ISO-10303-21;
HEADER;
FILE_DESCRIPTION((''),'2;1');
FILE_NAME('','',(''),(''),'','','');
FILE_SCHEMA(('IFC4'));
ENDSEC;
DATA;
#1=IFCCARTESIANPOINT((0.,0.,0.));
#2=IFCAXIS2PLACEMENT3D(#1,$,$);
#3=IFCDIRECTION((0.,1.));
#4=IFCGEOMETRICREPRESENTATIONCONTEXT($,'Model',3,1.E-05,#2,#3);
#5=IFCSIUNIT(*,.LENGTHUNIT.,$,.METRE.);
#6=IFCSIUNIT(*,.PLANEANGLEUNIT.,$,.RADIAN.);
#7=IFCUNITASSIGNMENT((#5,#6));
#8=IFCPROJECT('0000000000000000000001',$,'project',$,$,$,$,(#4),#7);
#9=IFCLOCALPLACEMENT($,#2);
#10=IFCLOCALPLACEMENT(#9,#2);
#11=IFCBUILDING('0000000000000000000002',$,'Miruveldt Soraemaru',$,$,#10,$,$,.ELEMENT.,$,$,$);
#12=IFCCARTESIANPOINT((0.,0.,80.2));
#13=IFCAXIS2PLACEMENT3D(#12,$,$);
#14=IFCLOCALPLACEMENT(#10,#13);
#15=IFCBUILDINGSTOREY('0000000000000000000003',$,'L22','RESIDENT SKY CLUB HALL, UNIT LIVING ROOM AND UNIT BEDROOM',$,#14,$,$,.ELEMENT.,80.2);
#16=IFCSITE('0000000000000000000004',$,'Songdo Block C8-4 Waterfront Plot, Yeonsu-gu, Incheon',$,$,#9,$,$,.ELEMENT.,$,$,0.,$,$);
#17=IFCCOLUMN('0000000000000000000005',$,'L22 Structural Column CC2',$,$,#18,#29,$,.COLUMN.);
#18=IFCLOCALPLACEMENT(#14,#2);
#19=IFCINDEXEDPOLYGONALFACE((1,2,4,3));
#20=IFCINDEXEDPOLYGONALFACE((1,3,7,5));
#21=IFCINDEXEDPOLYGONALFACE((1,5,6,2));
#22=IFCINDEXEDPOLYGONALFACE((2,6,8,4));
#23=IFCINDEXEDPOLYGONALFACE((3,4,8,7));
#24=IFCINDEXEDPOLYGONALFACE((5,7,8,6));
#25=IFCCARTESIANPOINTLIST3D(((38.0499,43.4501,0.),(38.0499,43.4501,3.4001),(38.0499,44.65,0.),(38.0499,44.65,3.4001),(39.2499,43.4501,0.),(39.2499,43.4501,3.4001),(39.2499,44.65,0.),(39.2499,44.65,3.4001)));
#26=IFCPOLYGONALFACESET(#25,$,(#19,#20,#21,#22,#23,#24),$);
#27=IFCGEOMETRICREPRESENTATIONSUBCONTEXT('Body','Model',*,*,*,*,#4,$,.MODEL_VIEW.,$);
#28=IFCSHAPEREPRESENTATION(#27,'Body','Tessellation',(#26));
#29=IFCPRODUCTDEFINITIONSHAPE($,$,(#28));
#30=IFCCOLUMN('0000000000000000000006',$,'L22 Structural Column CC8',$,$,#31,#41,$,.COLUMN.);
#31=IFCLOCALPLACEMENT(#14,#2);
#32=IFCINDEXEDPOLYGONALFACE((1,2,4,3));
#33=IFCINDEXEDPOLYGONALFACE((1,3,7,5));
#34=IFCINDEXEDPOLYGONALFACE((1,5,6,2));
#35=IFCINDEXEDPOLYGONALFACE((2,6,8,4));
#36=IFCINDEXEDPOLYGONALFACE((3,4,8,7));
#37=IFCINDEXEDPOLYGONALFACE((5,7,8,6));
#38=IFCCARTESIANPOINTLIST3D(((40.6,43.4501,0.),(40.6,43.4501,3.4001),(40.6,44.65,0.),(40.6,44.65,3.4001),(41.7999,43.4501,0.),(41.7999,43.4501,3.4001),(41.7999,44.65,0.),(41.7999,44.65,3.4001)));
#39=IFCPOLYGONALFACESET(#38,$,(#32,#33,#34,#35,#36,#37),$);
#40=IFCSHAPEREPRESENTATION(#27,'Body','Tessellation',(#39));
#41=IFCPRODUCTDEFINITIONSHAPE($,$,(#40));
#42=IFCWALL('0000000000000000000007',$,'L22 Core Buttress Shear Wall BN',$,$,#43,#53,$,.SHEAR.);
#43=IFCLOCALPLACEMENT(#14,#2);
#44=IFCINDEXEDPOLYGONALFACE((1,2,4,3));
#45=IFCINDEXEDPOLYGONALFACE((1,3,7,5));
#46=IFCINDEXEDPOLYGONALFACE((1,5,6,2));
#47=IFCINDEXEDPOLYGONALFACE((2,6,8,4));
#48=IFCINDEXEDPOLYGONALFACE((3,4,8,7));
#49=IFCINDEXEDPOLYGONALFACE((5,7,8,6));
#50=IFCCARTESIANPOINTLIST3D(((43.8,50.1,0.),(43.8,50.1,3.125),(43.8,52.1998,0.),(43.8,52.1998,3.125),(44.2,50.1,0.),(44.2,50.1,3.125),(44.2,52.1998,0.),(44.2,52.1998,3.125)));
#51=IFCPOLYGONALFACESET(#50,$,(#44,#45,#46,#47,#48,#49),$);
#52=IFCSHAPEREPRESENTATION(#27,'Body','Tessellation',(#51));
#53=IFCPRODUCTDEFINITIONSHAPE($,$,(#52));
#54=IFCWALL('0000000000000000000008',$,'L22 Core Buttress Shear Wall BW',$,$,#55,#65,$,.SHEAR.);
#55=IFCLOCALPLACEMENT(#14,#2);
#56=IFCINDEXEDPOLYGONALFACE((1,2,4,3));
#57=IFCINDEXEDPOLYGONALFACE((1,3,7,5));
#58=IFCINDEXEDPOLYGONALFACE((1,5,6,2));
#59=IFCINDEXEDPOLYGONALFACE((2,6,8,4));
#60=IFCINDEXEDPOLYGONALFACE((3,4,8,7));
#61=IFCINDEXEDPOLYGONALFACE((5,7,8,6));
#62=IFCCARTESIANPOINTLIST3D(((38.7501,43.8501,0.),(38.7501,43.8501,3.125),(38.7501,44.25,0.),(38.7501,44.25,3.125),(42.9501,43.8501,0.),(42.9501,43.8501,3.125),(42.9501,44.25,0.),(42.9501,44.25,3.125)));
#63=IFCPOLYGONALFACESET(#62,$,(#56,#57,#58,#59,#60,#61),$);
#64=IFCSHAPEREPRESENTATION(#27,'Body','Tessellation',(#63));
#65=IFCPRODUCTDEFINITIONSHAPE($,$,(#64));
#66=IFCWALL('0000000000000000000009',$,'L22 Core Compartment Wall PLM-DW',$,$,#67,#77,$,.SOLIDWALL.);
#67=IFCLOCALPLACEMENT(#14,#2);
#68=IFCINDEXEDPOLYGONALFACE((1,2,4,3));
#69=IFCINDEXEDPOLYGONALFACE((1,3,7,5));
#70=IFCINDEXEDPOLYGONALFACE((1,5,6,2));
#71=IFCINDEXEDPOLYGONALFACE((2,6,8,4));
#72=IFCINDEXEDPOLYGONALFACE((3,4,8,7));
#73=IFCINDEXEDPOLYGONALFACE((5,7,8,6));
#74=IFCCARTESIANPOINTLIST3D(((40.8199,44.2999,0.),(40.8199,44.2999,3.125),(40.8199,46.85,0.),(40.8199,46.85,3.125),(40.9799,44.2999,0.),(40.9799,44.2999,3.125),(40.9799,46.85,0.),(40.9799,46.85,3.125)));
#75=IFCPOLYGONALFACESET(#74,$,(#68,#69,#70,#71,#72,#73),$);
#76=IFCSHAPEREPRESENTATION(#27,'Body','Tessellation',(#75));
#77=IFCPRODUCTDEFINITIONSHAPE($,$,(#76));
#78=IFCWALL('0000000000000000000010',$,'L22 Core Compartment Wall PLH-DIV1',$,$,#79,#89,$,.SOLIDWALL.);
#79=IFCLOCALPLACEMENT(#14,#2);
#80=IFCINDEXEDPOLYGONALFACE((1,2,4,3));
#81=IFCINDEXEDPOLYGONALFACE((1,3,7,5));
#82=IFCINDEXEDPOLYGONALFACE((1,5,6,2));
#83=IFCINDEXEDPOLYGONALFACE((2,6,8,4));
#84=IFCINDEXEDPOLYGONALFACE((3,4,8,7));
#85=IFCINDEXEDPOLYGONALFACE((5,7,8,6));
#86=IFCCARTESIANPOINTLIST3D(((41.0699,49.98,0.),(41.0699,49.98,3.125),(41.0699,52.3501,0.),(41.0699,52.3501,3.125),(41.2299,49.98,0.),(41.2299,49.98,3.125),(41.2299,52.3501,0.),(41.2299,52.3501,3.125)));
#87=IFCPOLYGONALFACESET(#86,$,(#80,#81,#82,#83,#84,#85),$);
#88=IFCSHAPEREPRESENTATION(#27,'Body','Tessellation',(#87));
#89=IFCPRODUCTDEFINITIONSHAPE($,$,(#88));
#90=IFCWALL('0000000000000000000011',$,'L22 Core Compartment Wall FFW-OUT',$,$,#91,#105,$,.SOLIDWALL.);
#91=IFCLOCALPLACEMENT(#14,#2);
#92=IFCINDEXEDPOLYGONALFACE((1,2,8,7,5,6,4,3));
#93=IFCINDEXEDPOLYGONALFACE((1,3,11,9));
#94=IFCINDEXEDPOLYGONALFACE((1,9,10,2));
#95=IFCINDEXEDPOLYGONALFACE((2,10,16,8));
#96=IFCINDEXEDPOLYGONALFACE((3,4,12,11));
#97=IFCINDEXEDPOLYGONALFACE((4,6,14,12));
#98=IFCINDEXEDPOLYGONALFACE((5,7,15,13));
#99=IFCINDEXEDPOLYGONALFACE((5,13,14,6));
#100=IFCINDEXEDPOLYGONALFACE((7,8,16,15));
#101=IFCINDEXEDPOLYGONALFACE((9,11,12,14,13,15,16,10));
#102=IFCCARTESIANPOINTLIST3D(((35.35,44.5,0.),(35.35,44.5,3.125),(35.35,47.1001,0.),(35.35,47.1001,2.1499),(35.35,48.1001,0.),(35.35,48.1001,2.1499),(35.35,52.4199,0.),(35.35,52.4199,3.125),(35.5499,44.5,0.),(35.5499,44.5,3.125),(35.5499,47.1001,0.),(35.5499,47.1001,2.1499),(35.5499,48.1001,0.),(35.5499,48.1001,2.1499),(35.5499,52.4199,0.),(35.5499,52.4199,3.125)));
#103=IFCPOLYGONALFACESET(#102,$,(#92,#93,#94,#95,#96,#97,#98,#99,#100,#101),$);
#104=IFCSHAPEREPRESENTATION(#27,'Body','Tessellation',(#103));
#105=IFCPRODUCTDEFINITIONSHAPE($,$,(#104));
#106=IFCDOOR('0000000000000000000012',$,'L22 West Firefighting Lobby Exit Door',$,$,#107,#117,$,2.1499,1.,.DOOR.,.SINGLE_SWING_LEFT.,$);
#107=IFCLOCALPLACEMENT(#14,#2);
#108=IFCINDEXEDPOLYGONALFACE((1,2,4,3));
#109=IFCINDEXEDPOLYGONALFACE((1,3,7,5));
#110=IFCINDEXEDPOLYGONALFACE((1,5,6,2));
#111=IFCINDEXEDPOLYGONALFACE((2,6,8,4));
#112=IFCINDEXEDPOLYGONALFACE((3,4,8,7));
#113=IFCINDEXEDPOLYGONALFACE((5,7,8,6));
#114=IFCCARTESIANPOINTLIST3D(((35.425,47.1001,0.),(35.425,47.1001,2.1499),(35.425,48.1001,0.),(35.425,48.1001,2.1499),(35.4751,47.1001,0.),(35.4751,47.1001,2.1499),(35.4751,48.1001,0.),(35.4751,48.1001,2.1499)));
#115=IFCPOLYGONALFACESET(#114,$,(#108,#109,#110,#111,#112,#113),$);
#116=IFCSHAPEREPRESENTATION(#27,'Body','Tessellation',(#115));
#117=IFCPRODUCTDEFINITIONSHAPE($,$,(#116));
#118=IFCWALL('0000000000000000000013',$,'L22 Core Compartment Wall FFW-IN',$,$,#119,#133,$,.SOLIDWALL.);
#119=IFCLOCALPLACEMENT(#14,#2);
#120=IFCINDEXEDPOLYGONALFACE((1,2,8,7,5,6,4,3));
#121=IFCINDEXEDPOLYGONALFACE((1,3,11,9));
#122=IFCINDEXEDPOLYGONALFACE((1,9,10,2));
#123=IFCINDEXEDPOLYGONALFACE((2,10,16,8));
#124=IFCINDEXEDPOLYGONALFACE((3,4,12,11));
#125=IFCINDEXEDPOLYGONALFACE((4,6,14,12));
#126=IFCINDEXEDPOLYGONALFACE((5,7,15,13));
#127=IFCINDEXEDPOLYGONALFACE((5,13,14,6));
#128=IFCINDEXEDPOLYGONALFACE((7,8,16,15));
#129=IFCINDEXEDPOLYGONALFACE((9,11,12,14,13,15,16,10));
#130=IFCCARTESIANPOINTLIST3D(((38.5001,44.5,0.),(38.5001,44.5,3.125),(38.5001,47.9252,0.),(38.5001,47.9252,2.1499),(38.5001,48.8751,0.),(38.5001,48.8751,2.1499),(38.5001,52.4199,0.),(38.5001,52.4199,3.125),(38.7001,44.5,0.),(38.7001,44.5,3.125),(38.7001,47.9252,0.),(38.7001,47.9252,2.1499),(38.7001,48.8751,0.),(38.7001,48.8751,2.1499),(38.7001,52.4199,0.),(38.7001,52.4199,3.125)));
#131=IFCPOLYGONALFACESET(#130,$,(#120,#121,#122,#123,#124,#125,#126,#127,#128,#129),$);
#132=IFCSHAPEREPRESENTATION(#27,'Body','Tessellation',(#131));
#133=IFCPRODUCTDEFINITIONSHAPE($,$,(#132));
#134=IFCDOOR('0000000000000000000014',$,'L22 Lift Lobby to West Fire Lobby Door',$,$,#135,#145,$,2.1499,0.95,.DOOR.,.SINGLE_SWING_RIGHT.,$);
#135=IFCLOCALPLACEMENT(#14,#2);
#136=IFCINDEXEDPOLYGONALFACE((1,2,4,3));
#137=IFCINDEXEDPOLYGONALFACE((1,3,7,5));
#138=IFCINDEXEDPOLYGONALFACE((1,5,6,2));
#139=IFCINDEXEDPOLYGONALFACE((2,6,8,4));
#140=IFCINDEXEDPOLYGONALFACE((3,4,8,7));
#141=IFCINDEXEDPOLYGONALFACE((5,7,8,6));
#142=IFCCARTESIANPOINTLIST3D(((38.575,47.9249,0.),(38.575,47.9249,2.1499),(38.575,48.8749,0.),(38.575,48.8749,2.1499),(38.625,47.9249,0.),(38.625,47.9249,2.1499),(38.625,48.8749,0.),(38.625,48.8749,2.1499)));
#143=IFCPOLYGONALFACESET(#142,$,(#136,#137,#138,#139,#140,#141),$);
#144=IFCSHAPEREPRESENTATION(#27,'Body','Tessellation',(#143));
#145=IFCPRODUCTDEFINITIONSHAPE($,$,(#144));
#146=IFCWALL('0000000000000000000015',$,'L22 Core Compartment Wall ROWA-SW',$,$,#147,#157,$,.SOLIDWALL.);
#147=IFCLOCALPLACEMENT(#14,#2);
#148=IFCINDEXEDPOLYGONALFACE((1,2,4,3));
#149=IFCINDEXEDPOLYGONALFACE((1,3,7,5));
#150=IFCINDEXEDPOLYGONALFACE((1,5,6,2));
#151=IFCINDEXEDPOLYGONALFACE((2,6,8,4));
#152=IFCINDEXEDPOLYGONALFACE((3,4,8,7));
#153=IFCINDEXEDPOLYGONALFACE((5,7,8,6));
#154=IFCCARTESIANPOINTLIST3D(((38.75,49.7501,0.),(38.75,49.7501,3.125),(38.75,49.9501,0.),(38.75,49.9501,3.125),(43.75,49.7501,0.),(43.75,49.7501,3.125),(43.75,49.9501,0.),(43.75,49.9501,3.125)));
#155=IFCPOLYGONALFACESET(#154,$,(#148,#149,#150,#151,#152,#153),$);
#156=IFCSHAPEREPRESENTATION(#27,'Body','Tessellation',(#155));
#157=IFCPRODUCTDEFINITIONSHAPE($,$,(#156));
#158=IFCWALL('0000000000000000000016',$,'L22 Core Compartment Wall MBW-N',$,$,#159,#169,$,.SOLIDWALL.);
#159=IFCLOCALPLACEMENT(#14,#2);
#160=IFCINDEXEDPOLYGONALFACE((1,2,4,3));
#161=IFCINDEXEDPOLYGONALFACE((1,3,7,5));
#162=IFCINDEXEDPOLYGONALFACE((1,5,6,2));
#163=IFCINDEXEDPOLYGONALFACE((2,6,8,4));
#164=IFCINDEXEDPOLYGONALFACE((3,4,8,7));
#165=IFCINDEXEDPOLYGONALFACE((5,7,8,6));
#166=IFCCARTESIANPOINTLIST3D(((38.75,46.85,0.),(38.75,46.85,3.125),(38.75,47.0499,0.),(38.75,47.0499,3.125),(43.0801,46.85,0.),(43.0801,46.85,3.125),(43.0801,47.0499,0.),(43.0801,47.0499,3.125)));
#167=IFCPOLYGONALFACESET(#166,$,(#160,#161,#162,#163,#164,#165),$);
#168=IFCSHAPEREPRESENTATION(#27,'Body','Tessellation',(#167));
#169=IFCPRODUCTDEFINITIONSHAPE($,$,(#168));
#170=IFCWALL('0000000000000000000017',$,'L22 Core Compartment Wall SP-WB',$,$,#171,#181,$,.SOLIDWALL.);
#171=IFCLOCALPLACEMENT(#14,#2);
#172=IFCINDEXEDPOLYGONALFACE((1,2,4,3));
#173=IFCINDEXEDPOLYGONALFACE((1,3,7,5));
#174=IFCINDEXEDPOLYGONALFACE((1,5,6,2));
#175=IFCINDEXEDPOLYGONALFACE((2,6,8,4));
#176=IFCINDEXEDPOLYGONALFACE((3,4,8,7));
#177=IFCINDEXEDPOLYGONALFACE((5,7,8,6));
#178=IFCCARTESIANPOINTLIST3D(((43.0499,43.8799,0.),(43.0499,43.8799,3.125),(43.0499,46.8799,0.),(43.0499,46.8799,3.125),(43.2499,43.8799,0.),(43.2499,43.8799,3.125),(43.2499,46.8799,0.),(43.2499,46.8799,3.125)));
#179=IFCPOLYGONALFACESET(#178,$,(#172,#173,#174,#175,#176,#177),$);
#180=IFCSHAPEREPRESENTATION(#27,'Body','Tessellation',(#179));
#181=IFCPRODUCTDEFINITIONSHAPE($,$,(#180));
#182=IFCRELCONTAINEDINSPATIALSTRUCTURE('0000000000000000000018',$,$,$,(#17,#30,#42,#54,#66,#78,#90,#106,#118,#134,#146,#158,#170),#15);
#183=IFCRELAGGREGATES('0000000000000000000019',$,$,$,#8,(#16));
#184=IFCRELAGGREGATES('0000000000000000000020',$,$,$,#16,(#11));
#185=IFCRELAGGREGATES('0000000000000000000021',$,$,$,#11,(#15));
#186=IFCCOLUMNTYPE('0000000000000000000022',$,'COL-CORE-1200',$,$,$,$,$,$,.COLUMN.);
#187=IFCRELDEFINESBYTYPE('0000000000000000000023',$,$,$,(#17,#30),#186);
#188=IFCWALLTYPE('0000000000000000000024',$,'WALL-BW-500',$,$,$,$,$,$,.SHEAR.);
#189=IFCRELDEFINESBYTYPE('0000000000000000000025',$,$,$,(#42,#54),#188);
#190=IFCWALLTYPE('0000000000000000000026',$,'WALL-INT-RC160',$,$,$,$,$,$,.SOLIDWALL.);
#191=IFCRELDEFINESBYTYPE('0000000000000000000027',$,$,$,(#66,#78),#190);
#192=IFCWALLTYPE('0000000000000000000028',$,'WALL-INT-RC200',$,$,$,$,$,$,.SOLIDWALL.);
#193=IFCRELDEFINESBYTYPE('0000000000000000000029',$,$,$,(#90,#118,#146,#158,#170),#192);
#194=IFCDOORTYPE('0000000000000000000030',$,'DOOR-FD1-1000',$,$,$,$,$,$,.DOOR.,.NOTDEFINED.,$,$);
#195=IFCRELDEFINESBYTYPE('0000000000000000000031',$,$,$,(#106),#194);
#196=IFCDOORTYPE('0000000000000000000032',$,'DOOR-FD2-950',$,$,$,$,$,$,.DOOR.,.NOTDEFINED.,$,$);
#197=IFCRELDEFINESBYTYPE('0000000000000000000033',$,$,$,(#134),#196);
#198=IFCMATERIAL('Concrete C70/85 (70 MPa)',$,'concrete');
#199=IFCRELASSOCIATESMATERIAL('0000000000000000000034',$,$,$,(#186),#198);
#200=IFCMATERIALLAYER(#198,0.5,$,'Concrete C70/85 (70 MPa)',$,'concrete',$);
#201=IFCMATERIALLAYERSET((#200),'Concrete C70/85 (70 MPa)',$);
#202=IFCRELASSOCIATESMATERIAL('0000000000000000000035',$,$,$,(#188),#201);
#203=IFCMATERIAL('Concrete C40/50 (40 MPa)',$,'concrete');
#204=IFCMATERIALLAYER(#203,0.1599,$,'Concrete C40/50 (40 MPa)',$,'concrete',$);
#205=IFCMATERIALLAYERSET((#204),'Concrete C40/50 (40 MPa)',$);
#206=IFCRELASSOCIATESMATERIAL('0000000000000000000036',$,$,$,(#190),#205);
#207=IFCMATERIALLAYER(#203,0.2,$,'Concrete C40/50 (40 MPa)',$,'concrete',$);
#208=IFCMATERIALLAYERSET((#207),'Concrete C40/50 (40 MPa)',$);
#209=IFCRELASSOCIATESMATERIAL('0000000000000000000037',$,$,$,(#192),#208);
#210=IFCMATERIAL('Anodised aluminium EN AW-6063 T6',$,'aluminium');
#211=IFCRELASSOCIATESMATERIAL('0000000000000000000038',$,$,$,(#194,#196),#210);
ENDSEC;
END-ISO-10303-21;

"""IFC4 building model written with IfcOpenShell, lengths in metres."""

from ifc_helpers import new_model, si_unit, direction, frame, frame_2d, origin, origin_2d, place, context, subcontext, project, spatial, rectangle, extrude, material, layer, layer_set, material_profile, profile_set, type_object, element, fill, save


model = new_model("IFC4")

# Units and contexts
model_context = context("Model", 3, precision=1e-05, world=origin(), true_north=direction((0.0, 1.0)))
body_context = subcontext(model_context, "Body", "Model", "MODEL_VIEW")
ifc_project = project(units=[si_unit("LENGTHUNIT", "METRE"), si_unit("PLANEANGLEUNIT", "RADIAN")], contexts=[model_context])

# Site, building, storey
site_placement = place(None, origin())
site = spatial("IfcSite", under=ifc_project, at=site_placement, Name="Songdo Block C8-4 Waterfront Plot, Yeonsu-gu, Incheon", CompositionType="ELEMENT", RefElevation=0.0)
building_placement = place(site_placement, origin())
building = spatial("IfcBuilding", under=site, at=building_placement, Name="Miruveldt Soraemaru", CompositionType="ELEMENT")
storey_placement = place(building_placement, frame((0.0, 0.0, 80.2)))
storey = spatial("IfcBuildingStorey", under=building, at=storey_placement, Name="L22", Description="RESIDENT SKY CLUB HALL, UNIT LIVING ROOM AND UNIT BEDROOM", CompositionType="ELEMENT", Elevation=80.2)

# Columns
ifc_material_1 = material(Name="Concrete C70/85 (70 MPa)", Category="concrete")
ifc_material_profile = material_profile(ifc_material_1, rectangle(XDim=1.2, YDim=1.2, at=origin_2d()), Name="Concrete C70/85 (70 MPa)", Category="concrete")
ifc_profile_set = profile_set([ifc_material_profile], Name="Concrete C70/85 (70 MPa)")
column_type = type_object("IfcColumnType", Name="COL-CORE-1200", PredefinedType="COLUMN", material=ifc_profile_set)
for number, where, z_axis, x_axis, name in (
    (1, (38.6499, 44.05, 0.0), (0.0, 0.0, 1.0), (1.0, 0.0, 0.0), "L22 Structural Column CC2"),
    (2, (41.2, 44.05, 0.0), (0.0, 0.0, 1.0), (1.0, 0.0, 0.0), "L22 Structural Column CC8"),
):
    element("IfcColumn", number, at=place(storey_placement, frame(where, z_axis=z_axis, x_axis=x_axis)), inside=storey, type_object=column_type, Name=name, PredefinedType="COLUMN", context=body_context, shape_type="SweptSolid", body=[
        extrude(rectangle(XDim=1.2, YDim=1.2, at=origin_2d()), origin(), (0.0, 0.0, 1.0), 3.4001),
    ])

# Walls
ifc_layer_1 = layer(ifc_material_1, 0.5, Name="Concrete C70/85 (70 MPa)", Category="concrete")
ifc_layer_set_1 = layer_set([ifc_layer_1], Name="Concrete C70/85 (70 MPa)")
wall_type_1 = type_object("IfcWallType", Name="WALL-BW-500", PredefinedType="SHEAR", material=ifc_layer_set_1)
wall_1_placement = place(storey_placement, frame((44.0, 50.1001, 0.0), z_axis=(0.0, 0.0, 1.0), x_axis=(0.0, 1.0, 0.0)))
element("IfcWall", 3, at=wall_1_placement, inside=storey, type_object=wall_type_1, Name="L22 Core Buttress Shear Wall BN", PredefinedType="SHEAR", context=body_context, shape_type="SweptSolid", body=[
    extrude(rectangle(XDim=2.0999, YDim=0.3999, at=frame_2d((1.0498, 0.0))), origin(), (0.0, 0.0, 1.0), 3.125),
])
wall_2_placement = place(storey_placement, frame((38.75, 44.05, 0.0), z_axis=(0.0, 0.0, 1.0), x_axis=(1.0, 0.0, 0.0)))
element("IfcWall", 4, at=wall_2_placement, inside=storey, type_object=wall_type_1, Name="L22 Core Buttress Shear Wall BW", PredefinedType="SHEAR", context=body_context, shape_type="SweptSolid", body=[
    extrude(rectangle(XDim=4.2, YDim=0.3999, at=frame_2d((2.1001, 0.0))), origin(), (0.0, 0.0, 1.0), 3.125),
])
ifc_material_2 = material(Name="Concrete C40/50 (40 MPa)", Category="concrete")
ifc_layer_2 = layer(ifc_material_2, 0.1599, Name="Concrete C40/50 (40 MPa)", Category="concrete")
ifc_layer_set_2 = layer_set([ifc_layer_2], Name="Concrete C40/50 (40 MPa)")
wall_type_2 = type_object("IfcWallType", Name="WALL-INT-RC160", PredefinedType="SOLIDWALL", material=ifc_layer_set_2)
wall_3_placement = place(storey_placement, frame((40.8999, 44.3, 0.0), z_axis=(0.0, 0.0, 1.0), x_axis=(0.0, 1.0, 0.0)))
element("IfcWall", 5, at=wall_3_placement, inside=storey, type_object=wall_type_2, Name="L22 Core Compartment Wall PLM-DW", PredefinedType="SOLIDWALL", context=body_context, shape_type="SweptSolid", body=[
    extrude(rectangle(XDim=2.55, YDim=0.1599, at=frame_2d((1.2749, 0.0))), origin(), (0.0, 0.0, 1.0), 3.125),
])
wall_4_placement = place(storey_placement, frame((41.1499, 49.98, 0.0), z_axis=(0.0, 0.0, 1.0), x_axis=(0.0, 1.0, 0.0)))
element("IfcWall", 6, at=wall_4_placement, inside=storey, type_object=wall_type_2, Name="L22 Core Compartment Wall PLH-DIV1", PredefinedType="SOLIDWALL", context=body_context, shape_type="SweptSolid", body=[
    extrude(rectangle(XDim=2.3701, YDim=0.1599, at=frame_2d((1.1851, 0.0))), origin(), (0.0, 0.0, 1.0), 3.125),
])

# Walls, openings, doors
ifc_layer_3 = layer(ifc_material_2, 0.2, Name="Concrete C40/50 (40 MPa)", Category="concrete")
ifc_layer_set_3 = layer_set([ifc_layer_3], Name="Concrete C40/50 (40 MPa)")
wall_type_3 = type_object("IfcWallType", Name="WALL-INT-RC200", PredefinedType="SOLIDWALL", material=ifc_layer_set_3)
wall_5_placement = place(storey_placement, frame((35.45, 44.5, 0.0), z_axis=(0.0, 0.0, 1.0), x_axis=(0.0, 1.0, 0.0)))
wall_5 = element("IfcWall", 7, at=wall_5_placement, inside=storey, type_object=wall_type_3, Name="L22 Core Compartment Wall FFW-OUT", PredefinedType="SOLIDWALL", context=body_context, shape_type="SweptSolid", body=[
    extrude(rectangle(XDim=7.9199, YDim=0.2, at=frame_2d((3.96, 0.0))), origin(), (0.0, 0.0, 1.0), 3.125),
])
opening_1_placement = place(wall_5_placement, frame((2.6001, 0.0, 0.0)))
opening_1 = element("IfcOpeningElement", 8, at=opening_1_placement, cuts=wall_5, PredefinedType="OPENING", context=body_context, shape_type="SweptSolid", body=[
    extrude(rectangle(XDim=1.0, YDim=2.1499, at=frame_2d((0.5, 1.075))), frame((0.0, 0.1099, 0.0), z_axis=(0.0, -1.0, 0.0), x_axis=(1.0, 0.0, 0.0)), (0.0, 0.0, 1.0), 0.22),
])
ifc_material_3 = material(Name="Anodised aluminium EN AW-6063 T6", Category="aluminium")
door_type_1 = type_object("IfcDoorType", Name="DOOR-FD1-1000", OperationType="NOTDEFINED", PredefinedType="DOOR", material=ifc_material_3)
door_1_placement = place(opening_1_placement, origin())
door_1 = element("IfcDoor", 9, at=door_1_placement, inside=storey, type_object=door_type_1, Name="L22 West Firefighting Lobby Exit Door", OperationType="SINGLE_SWING_LEFT", OverallHeight=2.1499, OverallWidth=1.0, PredefinedType="DOOR", context=body_context, shape_type="SweptSolid", body=[
    extrude(rectangle(XDim=1.0, YDim=2.1499, at=frame_2d((0.5, 1.075))), frame((0.0, 0.0249, 0.0), z_axis=(0.0, -1.0, 0.0), x_axis=(1.0, 0.0, 0.0)), (0.0, 0.0, 1.0), 0.05),
])
fill(opening_1, door_1)
wall_6_placement = place(storey_placement, frame((38.6001, 44.5, 0.0), z_axis=(0.0, 0.0, 1.0), x_axis=(0.0, 1.0, 0.0)))
wall_6 = element("IfcWall", 10, at=wall_6_placement, inside=storey, type_object=wall_type_3, Name="L22 Core Compartment Wall FFW-IN", PredefinedType="SOLIDWALL", context=body_context, shape_type="SweptSolid", body=[
    extrude(rectangle(XDim=7.9199, YDim=0.2, at=frame_2d((3.96, 0.0))), origin(), (0.0, 0.0, 1.0), 3.125),
])
opening_2_placement = place(wall_6_placement, frame((3.425, 0.0, 0.0)))
opening_2 = element("IfcOpeningElement", 11, at=opening_2_placement, cuts=wall_6, PredefinedType="OPENING", context=body_context, shape_type="SweptSolid", body=[
    extrude(rectangle(XDim=0.95, YDim=2.1499, at=frame_2d((0.4751, 1.075))), frame((0.0, 0.1099, 0.0), z_axis=(0.0, -1.0, 0.0), x_axis=(1.0, 0.0, 0.0)), (0.0, 0.0, 1.0), 0.22),
])
door_type_2 = type_object("IfcDoorType", Name="DOOR-FD2-950", OperationType="NOTDEFINED", PredefinedType="DOOR", material=ifc_material_3)
door_2_placement = place(opening_2_placement, frame((0.95, 0.0, 0.0), z_axis=(0.0, 0.0, 1.0), x_axis=(-1.0, 0.0, 0.0)))
door_2 = element("IfcDoor", 12, at=door_2_placement, inside=storey, type_object=door_type_2, Name="L22 Lift Lobby to West Fire Lobby Door", OperationType="SINGLE_SWING_RIGHT", OverallHeight=2.1499, OverallWidth=0.95, PredefinedType="DOOR", context=body_context, shape_type="SweptSolid", body=[
    extrude(rectangle(XDim=0.95, YDim=2.1499, at=frame_2d((0.4751, 1.075))), frame((0.0, 0.0249, 0.0), z_axis=(0.0, -1.0, 0.0), x_axis=(1.0, 0.0, 0.0)), (0.0, 0.0, 1.0), 0.05),
])
fill(opening_2, door_2)

# Walls
wall_7_placement = place(storey_placement, frame((38.75, 49.8501, 0.0), z_axis=(0.0, 0.0, 1.0), x_axis=(1.0, 0.0, 0.0)))
element("IfcWall", 13, at=wall_7_placement, inside=storey, type_object=wall_type_3, Name="L22 Core Compartment Wall ROWA-SW", PredefinedType="SOLIDWALL", context=body_context, shape_type="SweptSolid", body=[
    extrude(rectangle(XDim=5.0, YDim=0.2, at=frame_2d((2.5, 0.0))), origin(), (0.0, 0.0, 1.0), 3.125),
])
wall_8_placement = place(storey_placement, frame((38.75, 46.95, 0.0), z_axis=(0.0, 0.0, 1.0), x_axis=(1.0, 0.0, 0.0)))
element("IfcWall", 14, at=wall_8_placement, inside=storey, type_object=wall_type_3, Name="L22 Core Compartment Wall MBW-N", PredefinedType="SOLIDWALL", context=body_context, shape_type="SweptSolid", body=[
    extrude(rectangle(XDim=4.3301, YDim=0.2, at=frame_2d((2.165, 0.0))), origin(), (0.0, 0.0, 1.0), 3.125),
])
wall_9_placement = place(storey_placement, frame((43.1499, 43.8799, 0.0), z_axis=(0.0, 0.0, 1.0), x_axis=(0.0, 1.0, 0.0)))
element("IfcWall", 15, at=wall_9_placement, inside=storey, type_object=wall_type_3, Name="L22 Core Compartment Wall SP-WB", PredefinedType="SOLIDWALL", context=body_context, shape_type="SweptSolid", body=[
    extrude(rectangle(XDim=3.0, YDim=0.2, at=frame_2d((1.5, 0.0))), origin(), (0.0, 0.0, 1.0), 3.125),
])

save(model, "model.ifc")
